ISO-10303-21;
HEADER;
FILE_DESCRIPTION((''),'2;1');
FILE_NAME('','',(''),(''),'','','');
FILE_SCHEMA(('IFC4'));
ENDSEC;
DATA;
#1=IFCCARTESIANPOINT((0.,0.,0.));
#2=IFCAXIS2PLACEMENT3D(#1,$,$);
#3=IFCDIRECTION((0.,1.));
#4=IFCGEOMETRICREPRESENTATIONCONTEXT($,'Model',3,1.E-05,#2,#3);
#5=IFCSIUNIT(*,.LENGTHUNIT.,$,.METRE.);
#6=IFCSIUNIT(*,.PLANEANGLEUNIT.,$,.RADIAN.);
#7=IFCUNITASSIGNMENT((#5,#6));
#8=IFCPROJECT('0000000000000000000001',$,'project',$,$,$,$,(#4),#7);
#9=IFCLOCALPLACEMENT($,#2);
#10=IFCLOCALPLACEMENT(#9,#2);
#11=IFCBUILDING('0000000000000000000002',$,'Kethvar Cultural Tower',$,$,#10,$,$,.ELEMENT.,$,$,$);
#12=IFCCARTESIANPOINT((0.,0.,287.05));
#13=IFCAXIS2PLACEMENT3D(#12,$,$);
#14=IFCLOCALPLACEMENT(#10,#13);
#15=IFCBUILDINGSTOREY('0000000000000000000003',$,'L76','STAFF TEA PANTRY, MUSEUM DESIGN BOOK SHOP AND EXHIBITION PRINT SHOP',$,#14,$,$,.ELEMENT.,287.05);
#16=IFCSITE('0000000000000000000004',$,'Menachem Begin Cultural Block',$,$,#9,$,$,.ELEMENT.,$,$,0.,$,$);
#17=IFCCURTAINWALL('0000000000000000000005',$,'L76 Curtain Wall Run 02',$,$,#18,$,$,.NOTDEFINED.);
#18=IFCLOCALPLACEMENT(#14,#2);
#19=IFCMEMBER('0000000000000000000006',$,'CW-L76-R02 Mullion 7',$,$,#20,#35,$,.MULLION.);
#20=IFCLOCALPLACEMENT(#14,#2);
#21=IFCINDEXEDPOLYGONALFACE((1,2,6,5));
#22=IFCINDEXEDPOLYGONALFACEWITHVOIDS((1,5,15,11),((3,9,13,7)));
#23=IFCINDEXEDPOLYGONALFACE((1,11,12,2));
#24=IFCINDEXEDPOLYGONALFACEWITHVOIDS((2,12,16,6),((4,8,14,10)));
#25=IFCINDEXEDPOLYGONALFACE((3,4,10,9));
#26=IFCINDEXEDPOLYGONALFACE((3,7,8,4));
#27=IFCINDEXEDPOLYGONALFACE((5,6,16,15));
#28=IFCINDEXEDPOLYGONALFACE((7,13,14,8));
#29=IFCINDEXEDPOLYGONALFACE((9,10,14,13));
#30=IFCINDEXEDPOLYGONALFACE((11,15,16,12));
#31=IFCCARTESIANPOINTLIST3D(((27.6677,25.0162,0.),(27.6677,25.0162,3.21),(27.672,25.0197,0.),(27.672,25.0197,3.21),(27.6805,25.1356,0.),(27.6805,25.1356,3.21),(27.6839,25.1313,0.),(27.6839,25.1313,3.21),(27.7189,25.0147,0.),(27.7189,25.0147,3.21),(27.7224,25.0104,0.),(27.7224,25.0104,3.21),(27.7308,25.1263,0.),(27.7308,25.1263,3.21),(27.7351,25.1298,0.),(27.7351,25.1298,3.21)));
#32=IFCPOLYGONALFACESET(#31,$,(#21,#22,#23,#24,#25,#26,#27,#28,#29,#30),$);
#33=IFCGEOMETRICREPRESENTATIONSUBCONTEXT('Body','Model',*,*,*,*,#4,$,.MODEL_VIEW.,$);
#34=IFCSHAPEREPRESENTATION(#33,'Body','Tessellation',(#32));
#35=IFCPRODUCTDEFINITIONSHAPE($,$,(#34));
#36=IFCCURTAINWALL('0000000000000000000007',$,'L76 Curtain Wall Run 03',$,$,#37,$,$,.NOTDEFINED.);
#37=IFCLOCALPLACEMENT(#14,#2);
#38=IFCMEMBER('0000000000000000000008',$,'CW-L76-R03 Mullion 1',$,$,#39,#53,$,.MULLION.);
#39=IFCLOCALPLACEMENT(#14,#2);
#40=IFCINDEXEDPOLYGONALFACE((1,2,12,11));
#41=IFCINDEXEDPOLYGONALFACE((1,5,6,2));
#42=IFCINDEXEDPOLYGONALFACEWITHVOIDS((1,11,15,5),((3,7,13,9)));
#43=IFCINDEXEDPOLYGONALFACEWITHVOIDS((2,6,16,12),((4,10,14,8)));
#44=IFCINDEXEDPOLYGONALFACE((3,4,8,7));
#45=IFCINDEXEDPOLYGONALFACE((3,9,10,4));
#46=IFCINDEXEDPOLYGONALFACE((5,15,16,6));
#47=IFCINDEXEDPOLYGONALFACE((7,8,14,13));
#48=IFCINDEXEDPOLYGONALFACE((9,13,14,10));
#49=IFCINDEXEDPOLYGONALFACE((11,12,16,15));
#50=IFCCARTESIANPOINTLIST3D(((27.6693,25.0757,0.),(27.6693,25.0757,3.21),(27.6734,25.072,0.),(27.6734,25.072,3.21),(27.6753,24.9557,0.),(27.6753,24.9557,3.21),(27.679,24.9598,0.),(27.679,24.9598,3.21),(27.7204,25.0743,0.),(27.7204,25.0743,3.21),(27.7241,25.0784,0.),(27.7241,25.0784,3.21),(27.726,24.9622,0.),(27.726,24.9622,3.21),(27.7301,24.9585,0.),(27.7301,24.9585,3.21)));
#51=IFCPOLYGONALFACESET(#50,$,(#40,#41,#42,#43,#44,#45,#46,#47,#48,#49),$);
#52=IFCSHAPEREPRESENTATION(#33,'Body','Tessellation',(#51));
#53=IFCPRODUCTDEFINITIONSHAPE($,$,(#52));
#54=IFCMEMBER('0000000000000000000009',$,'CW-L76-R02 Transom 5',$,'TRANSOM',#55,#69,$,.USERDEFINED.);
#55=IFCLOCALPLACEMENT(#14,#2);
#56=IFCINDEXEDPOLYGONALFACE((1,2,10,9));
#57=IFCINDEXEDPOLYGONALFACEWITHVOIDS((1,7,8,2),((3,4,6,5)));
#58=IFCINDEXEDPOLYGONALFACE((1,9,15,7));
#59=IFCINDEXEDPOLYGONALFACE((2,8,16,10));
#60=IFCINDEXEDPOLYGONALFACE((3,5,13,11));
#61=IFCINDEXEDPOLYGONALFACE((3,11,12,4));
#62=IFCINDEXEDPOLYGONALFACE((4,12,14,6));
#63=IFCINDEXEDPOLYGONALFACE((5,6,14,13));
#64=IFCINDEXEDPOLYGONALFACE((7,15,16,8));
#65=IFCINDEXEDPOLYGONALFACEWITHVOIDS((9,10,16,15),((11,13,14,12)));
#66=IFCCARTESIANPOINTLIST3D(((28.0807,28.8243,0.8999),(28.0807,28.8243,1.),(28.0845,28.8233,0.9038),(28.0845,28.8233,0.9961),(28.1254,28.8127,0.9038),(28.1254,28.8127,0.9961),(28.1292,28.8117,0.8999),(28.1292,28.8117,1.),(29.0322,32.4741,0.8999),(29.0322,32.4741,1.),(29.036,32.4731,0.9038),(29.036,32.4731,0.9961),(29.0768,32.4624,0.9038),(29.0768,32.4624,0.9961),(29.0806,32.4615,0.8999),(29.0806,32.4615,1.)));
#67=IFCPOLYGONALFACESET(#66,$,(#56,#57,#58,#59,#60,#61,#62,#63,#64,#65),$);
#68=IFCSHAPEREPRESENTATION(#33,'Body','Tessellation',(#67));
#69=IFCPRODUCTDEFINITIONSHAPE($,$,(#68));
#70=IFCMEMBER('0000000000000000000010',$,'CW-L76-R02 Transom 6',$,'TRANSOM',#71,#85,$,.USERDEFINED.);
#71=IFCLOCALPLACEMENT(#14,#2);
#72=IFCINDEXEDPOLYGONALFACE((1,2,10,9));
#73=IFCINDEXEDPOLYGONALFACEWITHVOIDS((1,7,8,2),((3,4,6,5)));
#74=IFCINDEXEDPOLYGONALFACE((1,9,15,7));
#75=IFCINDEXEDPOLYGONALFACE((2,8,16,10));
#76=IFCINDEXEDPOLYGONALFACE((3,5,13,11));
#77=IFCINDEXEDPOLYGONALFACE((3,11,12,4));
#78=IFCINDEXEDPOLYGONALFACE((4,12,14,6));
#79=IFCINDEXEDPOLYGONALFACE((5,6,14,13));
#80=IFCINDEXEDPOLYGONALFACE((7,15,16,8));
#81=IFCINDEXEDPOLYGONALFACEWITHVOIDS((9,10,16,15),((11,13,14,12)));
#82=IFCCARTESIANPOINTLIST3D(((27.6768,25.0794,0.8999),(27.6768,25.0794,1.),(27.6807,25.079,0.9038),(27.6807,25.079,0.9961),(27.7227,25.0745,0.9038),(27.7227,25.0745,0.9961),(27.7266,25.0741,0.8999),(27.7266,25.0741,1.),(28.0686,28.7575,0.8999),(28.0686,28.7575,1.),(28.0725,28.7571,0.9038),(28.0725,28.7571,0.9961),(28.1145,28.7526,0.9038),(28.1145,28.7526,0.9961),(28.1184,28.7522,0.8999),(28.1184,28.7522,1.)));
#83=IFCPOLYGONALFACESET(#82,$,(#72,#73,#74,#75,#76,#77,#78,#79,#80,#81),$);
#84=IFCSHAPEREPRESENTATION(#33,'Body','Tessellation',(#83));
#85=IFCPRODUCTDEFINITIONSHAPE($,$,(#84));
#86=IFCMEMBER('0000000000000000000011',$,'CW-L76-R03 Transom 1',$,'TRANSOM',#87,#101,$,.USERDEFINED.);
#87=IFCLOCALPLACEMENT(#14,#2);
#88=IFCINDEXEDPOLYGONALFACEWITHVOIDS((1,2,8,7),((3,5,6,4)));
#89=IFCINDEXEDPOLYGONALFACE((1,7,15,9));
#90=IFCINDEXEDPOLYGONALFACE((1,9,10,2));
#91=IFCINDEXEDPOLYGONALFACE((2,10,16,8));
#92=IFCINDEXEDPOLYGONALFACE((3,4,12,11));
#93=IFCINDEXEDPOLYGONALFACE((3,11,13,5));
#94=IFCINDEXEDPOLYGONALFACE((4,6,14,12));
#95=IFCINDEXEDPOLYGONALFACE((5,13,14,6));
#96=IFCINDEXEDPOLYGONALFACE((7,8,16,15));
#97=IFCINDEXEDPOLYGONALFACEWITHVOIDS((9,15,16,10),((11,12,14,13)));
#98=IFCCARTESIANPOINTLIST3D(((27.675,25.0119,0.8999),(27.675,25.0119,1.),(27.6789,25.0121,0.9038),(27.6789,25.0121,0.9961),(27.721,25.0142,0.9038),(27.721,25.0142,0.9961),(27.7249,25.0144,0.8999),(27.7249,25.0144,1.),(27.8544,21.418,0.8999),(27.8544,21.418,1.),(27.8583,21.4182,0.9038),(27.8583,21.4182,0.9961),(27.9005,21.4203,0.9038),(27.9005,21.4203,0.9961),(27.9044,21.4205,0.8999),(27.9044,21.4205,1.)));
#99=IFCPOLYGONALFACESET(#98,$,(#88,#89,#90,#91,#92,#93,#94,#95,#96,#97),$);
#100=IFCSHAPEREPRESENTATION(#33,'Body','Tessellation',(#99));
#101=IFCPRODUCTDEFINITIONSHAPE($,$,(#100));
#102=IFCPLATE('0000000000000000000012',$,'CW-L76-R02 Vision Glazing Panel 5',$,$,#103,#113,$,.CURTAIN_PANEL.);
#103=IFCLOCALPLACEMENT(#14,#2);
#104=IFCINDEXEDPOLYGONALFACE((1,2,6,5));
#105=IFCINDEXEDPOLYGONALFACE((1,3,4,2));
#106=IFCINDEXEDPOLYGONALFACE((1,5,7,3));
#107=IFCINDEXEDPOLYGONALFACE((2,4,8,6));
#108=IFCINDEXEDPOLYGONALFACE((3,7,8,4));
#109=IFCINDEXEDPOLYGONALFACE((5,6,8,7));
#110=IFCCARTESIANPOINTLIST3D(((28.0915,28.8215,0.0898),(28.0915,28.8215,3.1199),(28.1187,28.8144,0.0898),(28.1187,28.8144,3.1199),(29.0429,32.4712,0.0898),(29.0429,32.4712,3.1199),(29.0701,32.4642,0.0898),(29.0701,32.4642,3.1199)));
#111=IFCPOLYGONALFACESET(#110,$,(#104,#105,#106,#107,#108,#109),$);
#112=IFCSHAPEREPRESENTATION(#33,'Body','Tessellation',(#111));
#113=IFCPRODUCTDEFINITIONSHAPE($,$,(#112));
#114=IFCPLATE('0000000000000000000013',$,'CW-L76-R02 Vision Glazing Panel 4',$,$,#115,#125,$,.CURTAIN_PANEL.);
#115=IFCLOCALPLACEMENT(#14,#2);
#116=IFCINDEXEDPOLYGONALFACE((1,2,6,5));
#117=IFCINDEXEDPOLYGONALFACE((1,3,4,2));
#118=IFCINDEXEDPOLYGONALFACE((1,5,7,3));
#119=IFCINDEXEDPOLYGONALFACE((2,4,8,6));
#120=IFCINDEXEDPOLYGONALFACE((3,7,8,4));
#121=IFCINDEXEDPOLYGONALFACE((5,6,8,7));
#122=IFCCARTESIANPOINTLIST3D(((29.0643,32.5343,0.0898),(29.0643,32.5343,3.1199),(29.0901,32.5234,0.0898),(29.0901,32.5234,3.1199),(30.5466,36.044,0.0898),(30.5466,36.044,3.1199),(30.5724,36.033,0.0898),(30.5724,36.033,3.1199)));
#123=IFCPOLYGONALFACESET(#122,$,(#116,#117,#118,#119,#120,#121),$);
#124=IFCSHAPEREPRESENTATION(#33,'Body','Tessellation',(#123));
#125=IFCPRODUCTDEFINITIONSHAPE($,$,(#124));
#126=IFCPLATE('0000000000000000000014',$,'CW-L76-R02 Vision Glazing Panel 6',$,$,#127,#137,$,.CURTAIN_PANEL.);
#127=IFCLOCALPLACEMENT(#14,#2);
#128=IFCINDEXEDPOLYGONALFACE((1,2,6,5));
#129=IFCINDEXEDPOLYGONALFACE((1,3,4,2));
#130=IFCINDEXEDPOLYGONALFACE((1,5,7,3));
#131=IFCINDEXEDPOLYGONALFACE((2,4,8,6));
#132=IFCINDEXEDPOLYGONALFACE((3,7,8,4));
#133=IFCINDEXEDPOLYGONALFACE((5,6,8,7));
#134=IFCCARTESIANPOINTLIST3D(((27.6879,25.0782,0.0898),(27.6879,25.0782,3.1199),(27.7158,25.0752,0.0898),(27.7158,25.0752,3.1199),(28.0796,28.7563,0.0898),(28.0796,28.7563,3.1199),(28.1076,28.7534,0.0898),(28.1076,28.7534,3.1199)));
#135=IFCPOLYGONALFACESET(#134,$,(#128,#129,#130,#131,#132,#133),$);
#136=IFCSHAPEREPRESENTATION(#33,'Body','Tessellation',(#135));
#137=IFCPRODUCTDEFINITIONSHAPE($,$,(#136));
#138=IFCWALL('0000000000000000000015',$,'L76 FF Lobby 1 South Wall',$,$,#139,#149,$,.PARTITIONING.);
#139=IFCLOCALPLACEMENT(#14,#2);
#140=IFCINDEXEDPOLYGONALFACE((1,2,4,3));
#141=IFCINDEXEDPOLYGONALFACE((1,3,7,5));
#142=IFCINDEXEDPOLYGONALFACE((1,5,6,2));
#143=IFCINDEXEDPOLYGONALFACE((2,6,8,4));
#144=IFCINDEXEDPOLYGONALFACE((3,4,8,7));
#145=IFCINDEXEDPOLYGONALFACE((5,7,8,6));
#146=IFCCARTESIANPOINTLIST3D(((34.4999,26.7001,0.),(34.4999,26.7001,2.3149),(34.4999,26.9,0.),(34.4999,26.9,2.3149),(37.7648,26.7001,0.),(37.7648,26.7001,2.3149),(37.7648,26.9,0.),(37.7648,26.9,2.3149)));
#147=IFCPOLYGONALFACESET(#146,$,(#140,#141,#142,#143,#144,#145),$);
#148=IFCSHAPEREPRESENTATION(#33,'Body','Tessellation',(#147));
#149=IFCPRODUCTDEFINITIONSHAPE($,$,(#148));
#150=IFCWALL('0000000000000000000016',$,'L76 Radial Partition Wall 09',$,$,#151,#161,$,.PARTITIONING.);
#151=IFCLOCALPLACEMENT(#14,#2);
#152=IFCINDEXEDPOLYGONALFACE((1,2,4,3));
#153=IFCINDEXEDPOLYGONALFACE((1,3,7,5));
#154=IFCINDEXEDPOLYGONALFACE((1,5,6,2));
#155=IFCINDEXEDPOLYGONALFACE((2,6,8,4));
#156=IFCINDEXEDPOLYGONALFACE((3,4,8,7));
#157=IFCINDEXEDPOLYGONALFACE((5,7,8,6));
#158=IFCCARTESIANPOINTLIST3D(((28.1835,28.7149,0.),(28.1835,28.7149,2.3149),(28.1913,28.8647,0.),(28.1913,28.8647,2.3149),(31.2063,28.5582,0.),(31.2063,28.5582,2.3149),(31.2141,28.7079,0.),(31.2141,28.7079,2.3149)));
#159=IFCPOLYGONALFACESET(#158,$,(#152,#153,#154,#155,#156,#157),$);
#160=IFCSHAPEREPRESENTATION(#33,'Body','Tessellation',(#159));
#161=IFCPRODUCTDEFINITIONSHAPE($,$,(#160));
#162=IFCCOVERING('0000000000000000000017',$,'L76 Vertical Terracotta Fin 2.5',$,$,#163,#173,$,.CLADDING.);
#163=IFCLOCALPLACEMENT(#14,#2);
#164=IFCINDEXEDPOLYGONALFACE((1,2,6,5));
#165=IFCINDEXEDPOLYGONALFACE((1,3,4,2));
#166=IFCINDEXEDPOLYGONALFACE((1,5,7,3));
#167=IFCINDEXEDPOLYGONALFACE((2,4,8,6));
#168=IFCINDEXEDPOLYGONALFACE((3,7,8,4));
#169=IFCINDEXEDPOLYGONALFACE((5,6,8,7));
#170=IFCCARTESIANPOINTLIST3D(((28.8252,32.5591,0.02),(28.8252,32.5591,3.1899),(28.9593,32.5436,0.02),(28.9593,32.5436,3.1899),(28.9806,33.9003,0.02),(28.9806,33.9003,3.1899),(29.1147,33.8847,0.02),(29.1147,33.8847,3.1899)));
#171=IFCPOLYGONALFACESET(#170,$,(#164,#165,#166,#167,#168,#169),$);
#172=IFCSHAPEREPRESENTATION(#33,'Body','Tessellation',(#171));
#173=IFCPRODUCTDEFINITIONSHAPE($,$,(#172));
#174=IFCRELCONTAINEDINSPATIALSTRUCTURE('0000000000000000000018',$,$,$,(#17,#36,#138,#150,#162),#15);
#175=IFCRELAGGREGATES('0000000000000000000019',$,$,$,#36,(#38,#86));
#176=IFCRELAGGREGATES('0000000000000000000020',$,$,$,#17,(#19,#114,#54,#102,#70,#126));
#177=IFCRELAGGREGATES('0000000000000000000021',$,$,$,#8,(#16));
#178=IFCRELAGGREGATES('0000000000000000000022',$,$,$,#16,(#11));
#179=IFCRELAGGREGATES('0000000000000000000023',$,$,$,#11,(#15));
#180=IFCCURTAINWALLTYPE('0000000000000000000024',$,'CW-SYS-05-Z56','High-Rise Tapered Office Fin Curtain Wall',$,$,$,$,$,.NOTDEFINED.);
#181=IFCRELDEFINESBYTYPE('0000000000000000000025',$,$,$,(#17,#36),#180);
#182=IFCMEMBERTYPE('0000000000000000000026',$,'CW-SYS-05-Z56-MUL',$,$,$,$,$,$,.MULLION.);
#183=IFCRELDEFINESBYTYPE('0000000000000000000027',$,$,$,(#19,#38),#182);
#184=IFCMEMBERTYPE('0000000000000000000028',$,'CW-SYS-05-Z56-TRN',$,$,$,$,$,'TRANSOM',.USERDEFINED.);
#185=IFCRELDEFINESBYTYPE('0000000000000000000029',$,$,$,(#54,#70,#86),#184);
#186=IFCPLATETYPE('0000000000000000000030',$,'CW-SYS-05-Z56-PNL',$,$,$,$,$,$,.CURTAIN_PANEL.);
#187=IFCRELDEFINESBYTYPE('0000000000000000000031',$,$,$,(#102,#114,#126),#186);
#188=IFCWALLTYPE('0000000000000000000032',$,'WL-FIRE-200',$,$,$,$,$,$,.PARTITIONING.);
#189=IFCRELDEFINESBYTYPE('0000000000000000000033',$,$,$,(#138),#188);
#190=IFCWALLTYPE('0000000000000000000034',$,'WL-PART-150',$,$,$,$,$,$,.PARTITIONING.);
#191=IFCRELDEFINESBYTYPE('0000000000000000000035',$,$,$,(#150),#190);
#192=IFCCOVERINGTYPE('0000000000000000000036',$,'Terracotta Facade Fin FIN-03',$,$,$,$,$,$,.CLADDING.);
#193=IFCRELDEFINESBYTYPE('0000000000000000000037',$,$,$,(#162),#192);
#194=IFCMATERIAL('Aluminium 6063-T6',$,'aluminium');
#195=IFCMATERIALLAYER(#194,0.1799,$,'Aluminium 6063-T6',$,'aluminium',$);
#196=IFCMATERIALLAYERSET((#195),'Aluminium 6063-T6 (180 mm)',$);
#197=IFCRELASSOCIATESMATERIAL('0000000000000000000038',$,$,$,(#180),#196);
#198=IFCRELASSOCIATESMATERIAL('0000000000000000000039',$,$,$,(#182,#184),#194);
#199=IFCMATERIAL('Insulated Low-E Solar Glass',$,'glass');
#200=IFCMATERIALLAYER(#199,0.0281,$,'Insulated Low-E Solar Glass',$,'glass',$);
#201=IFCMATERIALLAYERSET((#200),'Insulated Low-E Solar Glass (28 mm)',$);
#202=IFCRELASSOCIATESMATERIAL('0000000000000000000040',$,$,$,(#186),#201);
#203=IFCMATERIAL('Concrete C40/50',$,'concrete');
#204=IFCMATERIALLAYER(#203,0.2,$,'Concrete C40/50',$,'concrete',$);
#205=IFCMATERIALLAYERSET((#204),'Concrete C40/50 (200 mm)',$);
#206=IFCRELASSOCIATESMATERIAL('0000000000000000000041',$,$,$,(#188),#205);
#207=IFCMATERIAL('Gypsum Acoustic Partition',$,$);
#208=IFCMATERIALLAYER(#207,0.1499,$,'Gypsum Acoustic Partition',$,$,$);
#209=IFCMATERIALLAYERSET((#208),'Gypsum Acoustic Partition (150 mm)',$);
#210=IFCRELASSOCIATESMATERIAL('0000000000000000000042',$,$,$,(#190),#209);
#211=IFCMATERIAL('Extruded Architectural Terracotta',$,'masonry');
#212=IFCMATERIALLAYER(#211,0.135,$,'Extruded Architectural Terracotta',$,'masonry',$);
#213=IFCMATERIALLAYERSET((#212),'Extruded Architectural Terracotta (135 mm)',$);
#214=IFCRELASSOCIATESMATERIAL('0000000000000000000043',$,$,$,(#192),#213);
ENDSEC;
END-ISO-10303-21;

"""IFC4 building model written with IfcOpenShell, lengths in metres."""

from ifc_helpers import new_model, si_unit, direction, frame, frame_2d, origin, origin_2d, place, context, subcontext, project, spatial, rectangle, hollow_rectangle, extrude, source, transform, mapped, material, layer, layer_set, material_profile, profile_set, type_object, element, aggregate, save


model = new_model("IFC4")

# Units and contexts
model_context = context("Model", 3, precision=1e-05, world=origin(), true_north=direction((0.0, 1.0)))
body_context = subcontext(model_context, "Body", "Model", "MODEL_VIEW")
ifc_project = project(units=[si_unit("LENGTHUNIT", "METRE"), si_unit("PLANEANGLEUNIT", "RADIAN")], contexts=[model_context])

# Site, building, storey
site_placement = place(None, origin())
site = spatial("IfcSite", under=ifc_project, at=site_placement, Name="Menachem Begin Cultural Block", CompositionType="ELEMENT", RefElevation=0.0)
building_placement = place(site_placement, origin())
building = spatial("IfcBuilding", under=site, at=building_placement, Name="Kethvar Cultural Tower", CompositionType="ELEMENT")
storey_placement = place(building_placement, frame((0.0, 0.0, 287.05)))
storey = spatial("IfcBuildingStorey", under=building, at=storey_placement, Name="L76", Description="STAFF TEA PANTRY, MUSEUM DESIGN BOOK SHOP AND EXHIBITION PRINT SHOP", CompositionType="ELEMENT", Elevation=287.05)

# Curtain wall, member
ifc_material_1 = material(Name="Aluminium 6063-T6", Category="aluminium")
ifc_layer_1 = layer(ifc_material_1, 0.1799, Name="Aluminium 6063-T6", Category="aluminium")
ifc_layer_set_1 = layer_set([ifc_layer_1], Name="Aluminium 6063-T6 (180 mm)")
curtain_wall_type = type_object("IfcCurtainWallType", Name="CW-SYS-05-Z56", Description="High-Rise Tapered Office Fin Curtain Wall", PredefinedType="NOTDEFINED", material=ifc_layer_set_1)
curtain_wall_1_placement = place(storey_placement, origin())
curtain_wall_1 = element("IfcCurtainWall", 1, at=curtain_wall_1_placement, inside=storey, type_object=curtain_wall_type, Name="L76 Curtain Wall Run 02", PredefinedType="NOTDEFINED")
ifc_material_profile_1 = material_profile(ifc_material_1, hollow_rectangle(XDim=0.0549, YDim=0.1201, WallThickness=0.0039, at=origin_2d()), Name="Aluminium 6063-T6 — RHS120x55x4")
ifc_profile_set_1 = profile_set([ifc_material_profile_1], Name="Aluminium 6063-T6 — RHS120x55x4")
member_type_1 = type_object("IfcMemberType", Name="CW-SYS-05-Z56-MUL", PredefinedType="MULLION", material=ifc_profile_set_1)
shared_shape_1 = source(origin(), body_context, "Body", "SweptSolid", [
    extrude(hollow_rectangle(XDim=0.0549, YDim=0.1201, WallThickness=0.0039, at=origin_2d()), origin(), (0.0, 0.0, 1.0), 3.21),
])
member_1_placement = place(storey_placement, frame((27.7014, 25.073, 0.0), z_axis=(0.0, 0.0, 1.0), x_axis=(0.994375, -0.105917, 0.0)))
member_1 = element("IfcMember", 2, at=member_1_placement, type_object=member_type_1, Name="CW-L76-R02 Mullion 7", PredefinedType="MULLION", context=body_context, shape_type="MappedRepresentation", body=[
    mapped(shared_shape_1, transform((0.0, 0.0, 0.0), scale=1.0)),
])

# Curtain wall, member
curtain_wall_2_placement = place(storey_placement, origin())
curtain_wall_2 = element("IfcCurtainWall", 3, at=curtain_wall_2_placement, inside=storey, type_object=curtain_wall_type, Name="L76 Curtain Wall Run 03", PredefinedType="NOTDEFINED")
member_2_placement = place(storey_placement, frame((27.6997, 25.0171, 0.0), z_axis=(0.0, 0.0, 1.0), x_axis=(0.998757, 0.049843, 0.0)))
member_2 = element("IfcMember", 4, at=member_2_placement, type_object=member_type_1, Name="CW-L76-R03 Mullion 1", PredefinedType="MULLION", context=body_context, shape_type="MappedRepresentation", body=[
    mapped(shared_shape_1, transform((0.0, 0.0, 0.0), scale=1.0)),
])

# Members
ifc_material_profile_2 = material_profile(ifc_material_1, hollow_rectangle(XDim=0.05, YDim=0.1001, WallThickness=0.0039, at=origin_2d()), Name="Aluminium 6063-T6 — RHS100x50x4")
ifc_profile_set_2 = profile_set([ifc_material_profile_2], Name="Aluminium 6063-T6 — RHS100x50x4")
member_type_2 = type_object("IfcMemberType", Name="CW-SYS-05-Z56-TRN", ElementType="TRANSOM", PredefinedType="USERDEFINED", material=ifc_profile_set_2)
shared_shape_2 = source(origin(), body_context, "Body", "SweptSolid", [
    extrude(hollow_rectangle(XDim=0.05, YDim=0.1001, WallThickness=0.0039, at=origin_2d()), origin(), (0.0, 0.0, 1.0), 3.7717),
])
member_3_placement = place(storey_placement, frame((29.0564, 32.4678, 0.95), z_axis=(-0.252256, -0.967661, 0.0), x_axis=(0.967661, -0.252256, 0.0)))
member_3 = element("IfcMember", 5, at=member_3_placement, type_object=member_type_2, Name="CW-L76-R02 Transom 5", ObjectType="TRANSOM", PredefinedType="USERDEFINED", context=body_context, shape_type="MappedRepresentation", body=[
    mapped(shared_shape_2, transform((0.0, 0.0, 0.0), scale=1.0)),
])
shared_shape_3 = source(origin(), body_context, "Body", "SweptSolid", [
    extrude(hollow_rectangle(XDim=0.05, YDim=0.1001, WallThickness=0.0039, at=origin_2d()), origin(), (0.0, 0.0, 1.0), 3.699),
])
member_4_placement = place(storey_placement, frame((28.0935, 28.7549, 0.95), z_axis=(-0.105932, -0.994373, 0.0), x_axis=(0.994373, -0.105932, 0.0)))
member_4 = element("IfcMember", 6, at=member_4_placement, type_object=member_type_2, Name="CW-L76-R02 Transom 6", ObjectType="TRANSOM", PredefinedType="USERDEFINED", context=body_context, shape_type="MappedRepresentation", body=[
    mapped(shared_shape_3, transform((0.0, 0.0, 0.0), scale=1.0)),
])
shared_shape_4 = source(origin(), body_context, "Body", "SweptSolid", [
    extrude(hollow_rectangle(XDim=0.05, YDim=0.1001, WallThickness=0.0039, at=origin_2d()), origin(), (0.0, 0.0, 1.0), 3.5984),
])
member_5_placement = place(storey_placement, frame((27.7, 25.0132, 0.95), z_axis=(0.049867, -0.998756, 0.0), x_axis=(0.998756, 0.049867, 0.0)))
member_5 = element("IfcMember", 7, at=member_5_placement, type_object=member_type_2, Name="CW-L76-R03 Transom 1", ObjectType="TRANSOM", PredefinedType="USERDEFINED", context=body_context, shape_type="MappedRepresentation", body=[
    mapped(shared_shape_4, transform((0.0, 0.0, 0.0), scale=1.0)),
])
aggregate(curtain_wall_2, [member_2, member_5])

# Plates
ifc_material_2 = material(Name="Insulated Low-E Solar Glass", Category="glass")
ifc_layer_2 = layer(ifc_material_2, 0.0281, Name="Insulated Low-E Solar Glass", Category="glass")
ifc_layer_set_2 = layer_set([ifc_layer_2], Name="Insulated Low-E Solar Glass (28 mm)")
plate_type = type_object("IfcPlateType", Name="CW-SYS-05-Z56-PNL", PredefinedType="CURTAIN_PANEL", material=ifc_layer_set_2)
shared_shape_5 = source(origin(), body_context, "Body", "SweptSolid", [
    extrude(rectangle(XDim=3.7717, YDim=0.0281, at=origin_2d()), origin(), (0.0, 0.0, 1.0), 3.03),
])
plate_1_placement = place(storey_placement, frame((28.5808, 30.6428, 0.0898), z_axis=(0.0, 0.0, 1.0), x_axis=(-0.252255, -0.967661, 0.0)))
plate_1 = element("IfcPlate", 8, at=plate_1_placement, type_object=plate_type, Name="CW-L76-R02 Vision Glazing Panel 5", PredefinedType="CURTAIN_PANEL", context=body_context, shape_type="MappedRepresentation", body=[
    mapped(shared_shape_5, transform((0.0, 0.0, 0.0), scale=1.0)),
])
shared_shape_6 = source(origin(), body_context, "Body", "SweptSolid", [
    extrude(rectangle(XDim=3.8098, YDim=0.0281, at=origin_2d()), origin(), (0.0, 0.0, 1.0), 3.03),
])
plate_2_placement = place(storey_placement, frame((29.8184, 34.2837, 0.0898), z_axis=(0.0, 0.0, 1.0), x_axis=(-0.389076, -0.921206, 0.0)))
plate_2 = element("IfcPlate", 9, at=plate_2_placement, type_object=plate_type, Name="CW-L76-R02 Vision Glazing Panel 4", PredefinedType="CURTAIN_PANEL", context=body_context, shape_type="MappedRepresentation", body=[
    mapped(shared_shape_6, transform((0.0, 0.0, 0.0), scale=1.0)),
])
shared_shape_7 = source(origin(), body_context, "Body", "SweptSolid", [
    extrude(rectangle(XDim=3.699, YDim=0.0281, at=origin_2d()), origin(), (0.0, 0.0, 1.0), 3.03),
])
plate_3_placement = place(storey_placement, frame((27.8977, 26.9158, 0.0898), z_axis=(0.0, 0.0, 1.0), x_axis=(-0.105917, -0.994375, 0.0)))
plate_3 = element("IfcPlate", 10, at=plate_3_placement, type_object=plate_type, Name="CW-L76-R02 Vision Glazing Panel 6", PredefinedType="CURTAIN_PANEL", context=body_context, shape_type="MappedRepresentation", body=[
    mapped(shared_shape_7, transform((0.0, 0.0, 0.0), scale=1.0)),
])
aggregate(curtain_wall_1, [member_1, plate_2, member_3, plate_1, member_4, plate_3])

# Walls
ifc_material_3 = material(Name="Concrete C40/50", Category="concrete")
ifc_layer_3 = layer(ifc_material_3, 0.2, Name="Concrete C40/50", Category="concrete")
ifc_layer_set_3 = layer_set([ifc_layer_3], Name="Concrete C40/50 (200 mm)")
wall_type_1 = type_object("IfcWallType", Name="WL-FIRE-200", PredefinedType="PARTITIONING", material=ifc_layer_set_3)
wall_1_placement = place(storey_placement, frame((34.5, 26.8, 0.0), z_axis=(0.0, 0.0, 1.0), x_axis=(1.0, 0.0, 0.0)))
element("IfcWall", 11, at=wall_1_placement, inside=storey, type_object=wall_type_1, Name="L76 FF Lobby 1 South Wall", PredefinedType="PARTITIONING", context=body_context, shape_type="SweptSolid", body=[
    extrude(rectangle(XDim=3.2649, YDim=0.2, at=frame_2d((1.6323, 0.0))), origin(), (0.0, 0.0, 1.0), 2.3149),
])
ifc_material_4 = material(Name="Gypsum Acoustic Partition")
ifc_layer_4 = layer(ifc_material_4, 0.1499, Name="Gypsum Acoustic Partition")
ifc_layer_set_4 = layer_set([ifc_layer_4], Name="Gypsum Acoustic Partition (150 mm)")
wall_type_2 = type_object("IfcWallType", Name="WL-PART-150", PredefinedType="PARTITIONING", material=ifc_layer_set_4)
wall_2_placement = place(storey_placement, frame((31.2102, 28.6331, 0.0), z_axis=(0.0, 0.0, 1.0), x_axis=(-0.998658, 0.051784, 0.0)))
element("IfcWall", 12, at=wall_2_placement, inside=storey, type_object=wall_type_2, Name="L76 Radial Partition Wall 09", PredefinedType="PARTITIONING", context=body_context, shape_type="SweptSolid", body=[
    extrude(rectangle(XDim=3.0269, YDim=0.1499, at=frame_2d((1.5134, 0.0))), origin(), (0.0, 0.0, 1.0), 2.3149),
])

# Covering
ifc_material_5 = material(Name="Extruded Architectural Terracotta", Category="masonry")
ifc_layer_5 = layer(ifc_material_5, 0.135, Name="Extruded Architectural Terracotta", Category="masonry")
ifc_layer_set_5 = layer_set([ifc_layer_5], Name="Extruded Architectural Terracotta (135 mm)")
covering_type = type_object("IfcCoveringType", Name="Terracotta Facade Fin FIN-03", PredefinedType="CLADDING", material=ifc_layer_set_5)
shared_shape_8 = source(origin(), body_context, "Body", "SweptSolid", [
    extrude(rectangle(XDim=1.3501, YDim=0.135, at=origin_2d()), origin(), (0.0, 0.0, 1.0), 3.1699),
])
for number, where, z_axis, x_axis, name in (
    (13, (28.97, 33.2219, 0.02), (0.0, 0.0, 1.0), (0.115111, 0.993353, 0.0), "L76 Vertical Terracotta Fin 2.5"),
):
    element("IfcCovering", number, at=place(storey_placement, frame(where, z_axis=z_axis, x_axis=x_axis)), inside=storey, type_object=covering_type, Name=name, PredefinedType="CLADDING", context=body_context, shape_type="MappedRepresentation", body=[
        mapped(shared_shape_8, transform((0.0, 0.0, 0.0), scale=1.0)),
    ])

save(model, "model.ifc")
